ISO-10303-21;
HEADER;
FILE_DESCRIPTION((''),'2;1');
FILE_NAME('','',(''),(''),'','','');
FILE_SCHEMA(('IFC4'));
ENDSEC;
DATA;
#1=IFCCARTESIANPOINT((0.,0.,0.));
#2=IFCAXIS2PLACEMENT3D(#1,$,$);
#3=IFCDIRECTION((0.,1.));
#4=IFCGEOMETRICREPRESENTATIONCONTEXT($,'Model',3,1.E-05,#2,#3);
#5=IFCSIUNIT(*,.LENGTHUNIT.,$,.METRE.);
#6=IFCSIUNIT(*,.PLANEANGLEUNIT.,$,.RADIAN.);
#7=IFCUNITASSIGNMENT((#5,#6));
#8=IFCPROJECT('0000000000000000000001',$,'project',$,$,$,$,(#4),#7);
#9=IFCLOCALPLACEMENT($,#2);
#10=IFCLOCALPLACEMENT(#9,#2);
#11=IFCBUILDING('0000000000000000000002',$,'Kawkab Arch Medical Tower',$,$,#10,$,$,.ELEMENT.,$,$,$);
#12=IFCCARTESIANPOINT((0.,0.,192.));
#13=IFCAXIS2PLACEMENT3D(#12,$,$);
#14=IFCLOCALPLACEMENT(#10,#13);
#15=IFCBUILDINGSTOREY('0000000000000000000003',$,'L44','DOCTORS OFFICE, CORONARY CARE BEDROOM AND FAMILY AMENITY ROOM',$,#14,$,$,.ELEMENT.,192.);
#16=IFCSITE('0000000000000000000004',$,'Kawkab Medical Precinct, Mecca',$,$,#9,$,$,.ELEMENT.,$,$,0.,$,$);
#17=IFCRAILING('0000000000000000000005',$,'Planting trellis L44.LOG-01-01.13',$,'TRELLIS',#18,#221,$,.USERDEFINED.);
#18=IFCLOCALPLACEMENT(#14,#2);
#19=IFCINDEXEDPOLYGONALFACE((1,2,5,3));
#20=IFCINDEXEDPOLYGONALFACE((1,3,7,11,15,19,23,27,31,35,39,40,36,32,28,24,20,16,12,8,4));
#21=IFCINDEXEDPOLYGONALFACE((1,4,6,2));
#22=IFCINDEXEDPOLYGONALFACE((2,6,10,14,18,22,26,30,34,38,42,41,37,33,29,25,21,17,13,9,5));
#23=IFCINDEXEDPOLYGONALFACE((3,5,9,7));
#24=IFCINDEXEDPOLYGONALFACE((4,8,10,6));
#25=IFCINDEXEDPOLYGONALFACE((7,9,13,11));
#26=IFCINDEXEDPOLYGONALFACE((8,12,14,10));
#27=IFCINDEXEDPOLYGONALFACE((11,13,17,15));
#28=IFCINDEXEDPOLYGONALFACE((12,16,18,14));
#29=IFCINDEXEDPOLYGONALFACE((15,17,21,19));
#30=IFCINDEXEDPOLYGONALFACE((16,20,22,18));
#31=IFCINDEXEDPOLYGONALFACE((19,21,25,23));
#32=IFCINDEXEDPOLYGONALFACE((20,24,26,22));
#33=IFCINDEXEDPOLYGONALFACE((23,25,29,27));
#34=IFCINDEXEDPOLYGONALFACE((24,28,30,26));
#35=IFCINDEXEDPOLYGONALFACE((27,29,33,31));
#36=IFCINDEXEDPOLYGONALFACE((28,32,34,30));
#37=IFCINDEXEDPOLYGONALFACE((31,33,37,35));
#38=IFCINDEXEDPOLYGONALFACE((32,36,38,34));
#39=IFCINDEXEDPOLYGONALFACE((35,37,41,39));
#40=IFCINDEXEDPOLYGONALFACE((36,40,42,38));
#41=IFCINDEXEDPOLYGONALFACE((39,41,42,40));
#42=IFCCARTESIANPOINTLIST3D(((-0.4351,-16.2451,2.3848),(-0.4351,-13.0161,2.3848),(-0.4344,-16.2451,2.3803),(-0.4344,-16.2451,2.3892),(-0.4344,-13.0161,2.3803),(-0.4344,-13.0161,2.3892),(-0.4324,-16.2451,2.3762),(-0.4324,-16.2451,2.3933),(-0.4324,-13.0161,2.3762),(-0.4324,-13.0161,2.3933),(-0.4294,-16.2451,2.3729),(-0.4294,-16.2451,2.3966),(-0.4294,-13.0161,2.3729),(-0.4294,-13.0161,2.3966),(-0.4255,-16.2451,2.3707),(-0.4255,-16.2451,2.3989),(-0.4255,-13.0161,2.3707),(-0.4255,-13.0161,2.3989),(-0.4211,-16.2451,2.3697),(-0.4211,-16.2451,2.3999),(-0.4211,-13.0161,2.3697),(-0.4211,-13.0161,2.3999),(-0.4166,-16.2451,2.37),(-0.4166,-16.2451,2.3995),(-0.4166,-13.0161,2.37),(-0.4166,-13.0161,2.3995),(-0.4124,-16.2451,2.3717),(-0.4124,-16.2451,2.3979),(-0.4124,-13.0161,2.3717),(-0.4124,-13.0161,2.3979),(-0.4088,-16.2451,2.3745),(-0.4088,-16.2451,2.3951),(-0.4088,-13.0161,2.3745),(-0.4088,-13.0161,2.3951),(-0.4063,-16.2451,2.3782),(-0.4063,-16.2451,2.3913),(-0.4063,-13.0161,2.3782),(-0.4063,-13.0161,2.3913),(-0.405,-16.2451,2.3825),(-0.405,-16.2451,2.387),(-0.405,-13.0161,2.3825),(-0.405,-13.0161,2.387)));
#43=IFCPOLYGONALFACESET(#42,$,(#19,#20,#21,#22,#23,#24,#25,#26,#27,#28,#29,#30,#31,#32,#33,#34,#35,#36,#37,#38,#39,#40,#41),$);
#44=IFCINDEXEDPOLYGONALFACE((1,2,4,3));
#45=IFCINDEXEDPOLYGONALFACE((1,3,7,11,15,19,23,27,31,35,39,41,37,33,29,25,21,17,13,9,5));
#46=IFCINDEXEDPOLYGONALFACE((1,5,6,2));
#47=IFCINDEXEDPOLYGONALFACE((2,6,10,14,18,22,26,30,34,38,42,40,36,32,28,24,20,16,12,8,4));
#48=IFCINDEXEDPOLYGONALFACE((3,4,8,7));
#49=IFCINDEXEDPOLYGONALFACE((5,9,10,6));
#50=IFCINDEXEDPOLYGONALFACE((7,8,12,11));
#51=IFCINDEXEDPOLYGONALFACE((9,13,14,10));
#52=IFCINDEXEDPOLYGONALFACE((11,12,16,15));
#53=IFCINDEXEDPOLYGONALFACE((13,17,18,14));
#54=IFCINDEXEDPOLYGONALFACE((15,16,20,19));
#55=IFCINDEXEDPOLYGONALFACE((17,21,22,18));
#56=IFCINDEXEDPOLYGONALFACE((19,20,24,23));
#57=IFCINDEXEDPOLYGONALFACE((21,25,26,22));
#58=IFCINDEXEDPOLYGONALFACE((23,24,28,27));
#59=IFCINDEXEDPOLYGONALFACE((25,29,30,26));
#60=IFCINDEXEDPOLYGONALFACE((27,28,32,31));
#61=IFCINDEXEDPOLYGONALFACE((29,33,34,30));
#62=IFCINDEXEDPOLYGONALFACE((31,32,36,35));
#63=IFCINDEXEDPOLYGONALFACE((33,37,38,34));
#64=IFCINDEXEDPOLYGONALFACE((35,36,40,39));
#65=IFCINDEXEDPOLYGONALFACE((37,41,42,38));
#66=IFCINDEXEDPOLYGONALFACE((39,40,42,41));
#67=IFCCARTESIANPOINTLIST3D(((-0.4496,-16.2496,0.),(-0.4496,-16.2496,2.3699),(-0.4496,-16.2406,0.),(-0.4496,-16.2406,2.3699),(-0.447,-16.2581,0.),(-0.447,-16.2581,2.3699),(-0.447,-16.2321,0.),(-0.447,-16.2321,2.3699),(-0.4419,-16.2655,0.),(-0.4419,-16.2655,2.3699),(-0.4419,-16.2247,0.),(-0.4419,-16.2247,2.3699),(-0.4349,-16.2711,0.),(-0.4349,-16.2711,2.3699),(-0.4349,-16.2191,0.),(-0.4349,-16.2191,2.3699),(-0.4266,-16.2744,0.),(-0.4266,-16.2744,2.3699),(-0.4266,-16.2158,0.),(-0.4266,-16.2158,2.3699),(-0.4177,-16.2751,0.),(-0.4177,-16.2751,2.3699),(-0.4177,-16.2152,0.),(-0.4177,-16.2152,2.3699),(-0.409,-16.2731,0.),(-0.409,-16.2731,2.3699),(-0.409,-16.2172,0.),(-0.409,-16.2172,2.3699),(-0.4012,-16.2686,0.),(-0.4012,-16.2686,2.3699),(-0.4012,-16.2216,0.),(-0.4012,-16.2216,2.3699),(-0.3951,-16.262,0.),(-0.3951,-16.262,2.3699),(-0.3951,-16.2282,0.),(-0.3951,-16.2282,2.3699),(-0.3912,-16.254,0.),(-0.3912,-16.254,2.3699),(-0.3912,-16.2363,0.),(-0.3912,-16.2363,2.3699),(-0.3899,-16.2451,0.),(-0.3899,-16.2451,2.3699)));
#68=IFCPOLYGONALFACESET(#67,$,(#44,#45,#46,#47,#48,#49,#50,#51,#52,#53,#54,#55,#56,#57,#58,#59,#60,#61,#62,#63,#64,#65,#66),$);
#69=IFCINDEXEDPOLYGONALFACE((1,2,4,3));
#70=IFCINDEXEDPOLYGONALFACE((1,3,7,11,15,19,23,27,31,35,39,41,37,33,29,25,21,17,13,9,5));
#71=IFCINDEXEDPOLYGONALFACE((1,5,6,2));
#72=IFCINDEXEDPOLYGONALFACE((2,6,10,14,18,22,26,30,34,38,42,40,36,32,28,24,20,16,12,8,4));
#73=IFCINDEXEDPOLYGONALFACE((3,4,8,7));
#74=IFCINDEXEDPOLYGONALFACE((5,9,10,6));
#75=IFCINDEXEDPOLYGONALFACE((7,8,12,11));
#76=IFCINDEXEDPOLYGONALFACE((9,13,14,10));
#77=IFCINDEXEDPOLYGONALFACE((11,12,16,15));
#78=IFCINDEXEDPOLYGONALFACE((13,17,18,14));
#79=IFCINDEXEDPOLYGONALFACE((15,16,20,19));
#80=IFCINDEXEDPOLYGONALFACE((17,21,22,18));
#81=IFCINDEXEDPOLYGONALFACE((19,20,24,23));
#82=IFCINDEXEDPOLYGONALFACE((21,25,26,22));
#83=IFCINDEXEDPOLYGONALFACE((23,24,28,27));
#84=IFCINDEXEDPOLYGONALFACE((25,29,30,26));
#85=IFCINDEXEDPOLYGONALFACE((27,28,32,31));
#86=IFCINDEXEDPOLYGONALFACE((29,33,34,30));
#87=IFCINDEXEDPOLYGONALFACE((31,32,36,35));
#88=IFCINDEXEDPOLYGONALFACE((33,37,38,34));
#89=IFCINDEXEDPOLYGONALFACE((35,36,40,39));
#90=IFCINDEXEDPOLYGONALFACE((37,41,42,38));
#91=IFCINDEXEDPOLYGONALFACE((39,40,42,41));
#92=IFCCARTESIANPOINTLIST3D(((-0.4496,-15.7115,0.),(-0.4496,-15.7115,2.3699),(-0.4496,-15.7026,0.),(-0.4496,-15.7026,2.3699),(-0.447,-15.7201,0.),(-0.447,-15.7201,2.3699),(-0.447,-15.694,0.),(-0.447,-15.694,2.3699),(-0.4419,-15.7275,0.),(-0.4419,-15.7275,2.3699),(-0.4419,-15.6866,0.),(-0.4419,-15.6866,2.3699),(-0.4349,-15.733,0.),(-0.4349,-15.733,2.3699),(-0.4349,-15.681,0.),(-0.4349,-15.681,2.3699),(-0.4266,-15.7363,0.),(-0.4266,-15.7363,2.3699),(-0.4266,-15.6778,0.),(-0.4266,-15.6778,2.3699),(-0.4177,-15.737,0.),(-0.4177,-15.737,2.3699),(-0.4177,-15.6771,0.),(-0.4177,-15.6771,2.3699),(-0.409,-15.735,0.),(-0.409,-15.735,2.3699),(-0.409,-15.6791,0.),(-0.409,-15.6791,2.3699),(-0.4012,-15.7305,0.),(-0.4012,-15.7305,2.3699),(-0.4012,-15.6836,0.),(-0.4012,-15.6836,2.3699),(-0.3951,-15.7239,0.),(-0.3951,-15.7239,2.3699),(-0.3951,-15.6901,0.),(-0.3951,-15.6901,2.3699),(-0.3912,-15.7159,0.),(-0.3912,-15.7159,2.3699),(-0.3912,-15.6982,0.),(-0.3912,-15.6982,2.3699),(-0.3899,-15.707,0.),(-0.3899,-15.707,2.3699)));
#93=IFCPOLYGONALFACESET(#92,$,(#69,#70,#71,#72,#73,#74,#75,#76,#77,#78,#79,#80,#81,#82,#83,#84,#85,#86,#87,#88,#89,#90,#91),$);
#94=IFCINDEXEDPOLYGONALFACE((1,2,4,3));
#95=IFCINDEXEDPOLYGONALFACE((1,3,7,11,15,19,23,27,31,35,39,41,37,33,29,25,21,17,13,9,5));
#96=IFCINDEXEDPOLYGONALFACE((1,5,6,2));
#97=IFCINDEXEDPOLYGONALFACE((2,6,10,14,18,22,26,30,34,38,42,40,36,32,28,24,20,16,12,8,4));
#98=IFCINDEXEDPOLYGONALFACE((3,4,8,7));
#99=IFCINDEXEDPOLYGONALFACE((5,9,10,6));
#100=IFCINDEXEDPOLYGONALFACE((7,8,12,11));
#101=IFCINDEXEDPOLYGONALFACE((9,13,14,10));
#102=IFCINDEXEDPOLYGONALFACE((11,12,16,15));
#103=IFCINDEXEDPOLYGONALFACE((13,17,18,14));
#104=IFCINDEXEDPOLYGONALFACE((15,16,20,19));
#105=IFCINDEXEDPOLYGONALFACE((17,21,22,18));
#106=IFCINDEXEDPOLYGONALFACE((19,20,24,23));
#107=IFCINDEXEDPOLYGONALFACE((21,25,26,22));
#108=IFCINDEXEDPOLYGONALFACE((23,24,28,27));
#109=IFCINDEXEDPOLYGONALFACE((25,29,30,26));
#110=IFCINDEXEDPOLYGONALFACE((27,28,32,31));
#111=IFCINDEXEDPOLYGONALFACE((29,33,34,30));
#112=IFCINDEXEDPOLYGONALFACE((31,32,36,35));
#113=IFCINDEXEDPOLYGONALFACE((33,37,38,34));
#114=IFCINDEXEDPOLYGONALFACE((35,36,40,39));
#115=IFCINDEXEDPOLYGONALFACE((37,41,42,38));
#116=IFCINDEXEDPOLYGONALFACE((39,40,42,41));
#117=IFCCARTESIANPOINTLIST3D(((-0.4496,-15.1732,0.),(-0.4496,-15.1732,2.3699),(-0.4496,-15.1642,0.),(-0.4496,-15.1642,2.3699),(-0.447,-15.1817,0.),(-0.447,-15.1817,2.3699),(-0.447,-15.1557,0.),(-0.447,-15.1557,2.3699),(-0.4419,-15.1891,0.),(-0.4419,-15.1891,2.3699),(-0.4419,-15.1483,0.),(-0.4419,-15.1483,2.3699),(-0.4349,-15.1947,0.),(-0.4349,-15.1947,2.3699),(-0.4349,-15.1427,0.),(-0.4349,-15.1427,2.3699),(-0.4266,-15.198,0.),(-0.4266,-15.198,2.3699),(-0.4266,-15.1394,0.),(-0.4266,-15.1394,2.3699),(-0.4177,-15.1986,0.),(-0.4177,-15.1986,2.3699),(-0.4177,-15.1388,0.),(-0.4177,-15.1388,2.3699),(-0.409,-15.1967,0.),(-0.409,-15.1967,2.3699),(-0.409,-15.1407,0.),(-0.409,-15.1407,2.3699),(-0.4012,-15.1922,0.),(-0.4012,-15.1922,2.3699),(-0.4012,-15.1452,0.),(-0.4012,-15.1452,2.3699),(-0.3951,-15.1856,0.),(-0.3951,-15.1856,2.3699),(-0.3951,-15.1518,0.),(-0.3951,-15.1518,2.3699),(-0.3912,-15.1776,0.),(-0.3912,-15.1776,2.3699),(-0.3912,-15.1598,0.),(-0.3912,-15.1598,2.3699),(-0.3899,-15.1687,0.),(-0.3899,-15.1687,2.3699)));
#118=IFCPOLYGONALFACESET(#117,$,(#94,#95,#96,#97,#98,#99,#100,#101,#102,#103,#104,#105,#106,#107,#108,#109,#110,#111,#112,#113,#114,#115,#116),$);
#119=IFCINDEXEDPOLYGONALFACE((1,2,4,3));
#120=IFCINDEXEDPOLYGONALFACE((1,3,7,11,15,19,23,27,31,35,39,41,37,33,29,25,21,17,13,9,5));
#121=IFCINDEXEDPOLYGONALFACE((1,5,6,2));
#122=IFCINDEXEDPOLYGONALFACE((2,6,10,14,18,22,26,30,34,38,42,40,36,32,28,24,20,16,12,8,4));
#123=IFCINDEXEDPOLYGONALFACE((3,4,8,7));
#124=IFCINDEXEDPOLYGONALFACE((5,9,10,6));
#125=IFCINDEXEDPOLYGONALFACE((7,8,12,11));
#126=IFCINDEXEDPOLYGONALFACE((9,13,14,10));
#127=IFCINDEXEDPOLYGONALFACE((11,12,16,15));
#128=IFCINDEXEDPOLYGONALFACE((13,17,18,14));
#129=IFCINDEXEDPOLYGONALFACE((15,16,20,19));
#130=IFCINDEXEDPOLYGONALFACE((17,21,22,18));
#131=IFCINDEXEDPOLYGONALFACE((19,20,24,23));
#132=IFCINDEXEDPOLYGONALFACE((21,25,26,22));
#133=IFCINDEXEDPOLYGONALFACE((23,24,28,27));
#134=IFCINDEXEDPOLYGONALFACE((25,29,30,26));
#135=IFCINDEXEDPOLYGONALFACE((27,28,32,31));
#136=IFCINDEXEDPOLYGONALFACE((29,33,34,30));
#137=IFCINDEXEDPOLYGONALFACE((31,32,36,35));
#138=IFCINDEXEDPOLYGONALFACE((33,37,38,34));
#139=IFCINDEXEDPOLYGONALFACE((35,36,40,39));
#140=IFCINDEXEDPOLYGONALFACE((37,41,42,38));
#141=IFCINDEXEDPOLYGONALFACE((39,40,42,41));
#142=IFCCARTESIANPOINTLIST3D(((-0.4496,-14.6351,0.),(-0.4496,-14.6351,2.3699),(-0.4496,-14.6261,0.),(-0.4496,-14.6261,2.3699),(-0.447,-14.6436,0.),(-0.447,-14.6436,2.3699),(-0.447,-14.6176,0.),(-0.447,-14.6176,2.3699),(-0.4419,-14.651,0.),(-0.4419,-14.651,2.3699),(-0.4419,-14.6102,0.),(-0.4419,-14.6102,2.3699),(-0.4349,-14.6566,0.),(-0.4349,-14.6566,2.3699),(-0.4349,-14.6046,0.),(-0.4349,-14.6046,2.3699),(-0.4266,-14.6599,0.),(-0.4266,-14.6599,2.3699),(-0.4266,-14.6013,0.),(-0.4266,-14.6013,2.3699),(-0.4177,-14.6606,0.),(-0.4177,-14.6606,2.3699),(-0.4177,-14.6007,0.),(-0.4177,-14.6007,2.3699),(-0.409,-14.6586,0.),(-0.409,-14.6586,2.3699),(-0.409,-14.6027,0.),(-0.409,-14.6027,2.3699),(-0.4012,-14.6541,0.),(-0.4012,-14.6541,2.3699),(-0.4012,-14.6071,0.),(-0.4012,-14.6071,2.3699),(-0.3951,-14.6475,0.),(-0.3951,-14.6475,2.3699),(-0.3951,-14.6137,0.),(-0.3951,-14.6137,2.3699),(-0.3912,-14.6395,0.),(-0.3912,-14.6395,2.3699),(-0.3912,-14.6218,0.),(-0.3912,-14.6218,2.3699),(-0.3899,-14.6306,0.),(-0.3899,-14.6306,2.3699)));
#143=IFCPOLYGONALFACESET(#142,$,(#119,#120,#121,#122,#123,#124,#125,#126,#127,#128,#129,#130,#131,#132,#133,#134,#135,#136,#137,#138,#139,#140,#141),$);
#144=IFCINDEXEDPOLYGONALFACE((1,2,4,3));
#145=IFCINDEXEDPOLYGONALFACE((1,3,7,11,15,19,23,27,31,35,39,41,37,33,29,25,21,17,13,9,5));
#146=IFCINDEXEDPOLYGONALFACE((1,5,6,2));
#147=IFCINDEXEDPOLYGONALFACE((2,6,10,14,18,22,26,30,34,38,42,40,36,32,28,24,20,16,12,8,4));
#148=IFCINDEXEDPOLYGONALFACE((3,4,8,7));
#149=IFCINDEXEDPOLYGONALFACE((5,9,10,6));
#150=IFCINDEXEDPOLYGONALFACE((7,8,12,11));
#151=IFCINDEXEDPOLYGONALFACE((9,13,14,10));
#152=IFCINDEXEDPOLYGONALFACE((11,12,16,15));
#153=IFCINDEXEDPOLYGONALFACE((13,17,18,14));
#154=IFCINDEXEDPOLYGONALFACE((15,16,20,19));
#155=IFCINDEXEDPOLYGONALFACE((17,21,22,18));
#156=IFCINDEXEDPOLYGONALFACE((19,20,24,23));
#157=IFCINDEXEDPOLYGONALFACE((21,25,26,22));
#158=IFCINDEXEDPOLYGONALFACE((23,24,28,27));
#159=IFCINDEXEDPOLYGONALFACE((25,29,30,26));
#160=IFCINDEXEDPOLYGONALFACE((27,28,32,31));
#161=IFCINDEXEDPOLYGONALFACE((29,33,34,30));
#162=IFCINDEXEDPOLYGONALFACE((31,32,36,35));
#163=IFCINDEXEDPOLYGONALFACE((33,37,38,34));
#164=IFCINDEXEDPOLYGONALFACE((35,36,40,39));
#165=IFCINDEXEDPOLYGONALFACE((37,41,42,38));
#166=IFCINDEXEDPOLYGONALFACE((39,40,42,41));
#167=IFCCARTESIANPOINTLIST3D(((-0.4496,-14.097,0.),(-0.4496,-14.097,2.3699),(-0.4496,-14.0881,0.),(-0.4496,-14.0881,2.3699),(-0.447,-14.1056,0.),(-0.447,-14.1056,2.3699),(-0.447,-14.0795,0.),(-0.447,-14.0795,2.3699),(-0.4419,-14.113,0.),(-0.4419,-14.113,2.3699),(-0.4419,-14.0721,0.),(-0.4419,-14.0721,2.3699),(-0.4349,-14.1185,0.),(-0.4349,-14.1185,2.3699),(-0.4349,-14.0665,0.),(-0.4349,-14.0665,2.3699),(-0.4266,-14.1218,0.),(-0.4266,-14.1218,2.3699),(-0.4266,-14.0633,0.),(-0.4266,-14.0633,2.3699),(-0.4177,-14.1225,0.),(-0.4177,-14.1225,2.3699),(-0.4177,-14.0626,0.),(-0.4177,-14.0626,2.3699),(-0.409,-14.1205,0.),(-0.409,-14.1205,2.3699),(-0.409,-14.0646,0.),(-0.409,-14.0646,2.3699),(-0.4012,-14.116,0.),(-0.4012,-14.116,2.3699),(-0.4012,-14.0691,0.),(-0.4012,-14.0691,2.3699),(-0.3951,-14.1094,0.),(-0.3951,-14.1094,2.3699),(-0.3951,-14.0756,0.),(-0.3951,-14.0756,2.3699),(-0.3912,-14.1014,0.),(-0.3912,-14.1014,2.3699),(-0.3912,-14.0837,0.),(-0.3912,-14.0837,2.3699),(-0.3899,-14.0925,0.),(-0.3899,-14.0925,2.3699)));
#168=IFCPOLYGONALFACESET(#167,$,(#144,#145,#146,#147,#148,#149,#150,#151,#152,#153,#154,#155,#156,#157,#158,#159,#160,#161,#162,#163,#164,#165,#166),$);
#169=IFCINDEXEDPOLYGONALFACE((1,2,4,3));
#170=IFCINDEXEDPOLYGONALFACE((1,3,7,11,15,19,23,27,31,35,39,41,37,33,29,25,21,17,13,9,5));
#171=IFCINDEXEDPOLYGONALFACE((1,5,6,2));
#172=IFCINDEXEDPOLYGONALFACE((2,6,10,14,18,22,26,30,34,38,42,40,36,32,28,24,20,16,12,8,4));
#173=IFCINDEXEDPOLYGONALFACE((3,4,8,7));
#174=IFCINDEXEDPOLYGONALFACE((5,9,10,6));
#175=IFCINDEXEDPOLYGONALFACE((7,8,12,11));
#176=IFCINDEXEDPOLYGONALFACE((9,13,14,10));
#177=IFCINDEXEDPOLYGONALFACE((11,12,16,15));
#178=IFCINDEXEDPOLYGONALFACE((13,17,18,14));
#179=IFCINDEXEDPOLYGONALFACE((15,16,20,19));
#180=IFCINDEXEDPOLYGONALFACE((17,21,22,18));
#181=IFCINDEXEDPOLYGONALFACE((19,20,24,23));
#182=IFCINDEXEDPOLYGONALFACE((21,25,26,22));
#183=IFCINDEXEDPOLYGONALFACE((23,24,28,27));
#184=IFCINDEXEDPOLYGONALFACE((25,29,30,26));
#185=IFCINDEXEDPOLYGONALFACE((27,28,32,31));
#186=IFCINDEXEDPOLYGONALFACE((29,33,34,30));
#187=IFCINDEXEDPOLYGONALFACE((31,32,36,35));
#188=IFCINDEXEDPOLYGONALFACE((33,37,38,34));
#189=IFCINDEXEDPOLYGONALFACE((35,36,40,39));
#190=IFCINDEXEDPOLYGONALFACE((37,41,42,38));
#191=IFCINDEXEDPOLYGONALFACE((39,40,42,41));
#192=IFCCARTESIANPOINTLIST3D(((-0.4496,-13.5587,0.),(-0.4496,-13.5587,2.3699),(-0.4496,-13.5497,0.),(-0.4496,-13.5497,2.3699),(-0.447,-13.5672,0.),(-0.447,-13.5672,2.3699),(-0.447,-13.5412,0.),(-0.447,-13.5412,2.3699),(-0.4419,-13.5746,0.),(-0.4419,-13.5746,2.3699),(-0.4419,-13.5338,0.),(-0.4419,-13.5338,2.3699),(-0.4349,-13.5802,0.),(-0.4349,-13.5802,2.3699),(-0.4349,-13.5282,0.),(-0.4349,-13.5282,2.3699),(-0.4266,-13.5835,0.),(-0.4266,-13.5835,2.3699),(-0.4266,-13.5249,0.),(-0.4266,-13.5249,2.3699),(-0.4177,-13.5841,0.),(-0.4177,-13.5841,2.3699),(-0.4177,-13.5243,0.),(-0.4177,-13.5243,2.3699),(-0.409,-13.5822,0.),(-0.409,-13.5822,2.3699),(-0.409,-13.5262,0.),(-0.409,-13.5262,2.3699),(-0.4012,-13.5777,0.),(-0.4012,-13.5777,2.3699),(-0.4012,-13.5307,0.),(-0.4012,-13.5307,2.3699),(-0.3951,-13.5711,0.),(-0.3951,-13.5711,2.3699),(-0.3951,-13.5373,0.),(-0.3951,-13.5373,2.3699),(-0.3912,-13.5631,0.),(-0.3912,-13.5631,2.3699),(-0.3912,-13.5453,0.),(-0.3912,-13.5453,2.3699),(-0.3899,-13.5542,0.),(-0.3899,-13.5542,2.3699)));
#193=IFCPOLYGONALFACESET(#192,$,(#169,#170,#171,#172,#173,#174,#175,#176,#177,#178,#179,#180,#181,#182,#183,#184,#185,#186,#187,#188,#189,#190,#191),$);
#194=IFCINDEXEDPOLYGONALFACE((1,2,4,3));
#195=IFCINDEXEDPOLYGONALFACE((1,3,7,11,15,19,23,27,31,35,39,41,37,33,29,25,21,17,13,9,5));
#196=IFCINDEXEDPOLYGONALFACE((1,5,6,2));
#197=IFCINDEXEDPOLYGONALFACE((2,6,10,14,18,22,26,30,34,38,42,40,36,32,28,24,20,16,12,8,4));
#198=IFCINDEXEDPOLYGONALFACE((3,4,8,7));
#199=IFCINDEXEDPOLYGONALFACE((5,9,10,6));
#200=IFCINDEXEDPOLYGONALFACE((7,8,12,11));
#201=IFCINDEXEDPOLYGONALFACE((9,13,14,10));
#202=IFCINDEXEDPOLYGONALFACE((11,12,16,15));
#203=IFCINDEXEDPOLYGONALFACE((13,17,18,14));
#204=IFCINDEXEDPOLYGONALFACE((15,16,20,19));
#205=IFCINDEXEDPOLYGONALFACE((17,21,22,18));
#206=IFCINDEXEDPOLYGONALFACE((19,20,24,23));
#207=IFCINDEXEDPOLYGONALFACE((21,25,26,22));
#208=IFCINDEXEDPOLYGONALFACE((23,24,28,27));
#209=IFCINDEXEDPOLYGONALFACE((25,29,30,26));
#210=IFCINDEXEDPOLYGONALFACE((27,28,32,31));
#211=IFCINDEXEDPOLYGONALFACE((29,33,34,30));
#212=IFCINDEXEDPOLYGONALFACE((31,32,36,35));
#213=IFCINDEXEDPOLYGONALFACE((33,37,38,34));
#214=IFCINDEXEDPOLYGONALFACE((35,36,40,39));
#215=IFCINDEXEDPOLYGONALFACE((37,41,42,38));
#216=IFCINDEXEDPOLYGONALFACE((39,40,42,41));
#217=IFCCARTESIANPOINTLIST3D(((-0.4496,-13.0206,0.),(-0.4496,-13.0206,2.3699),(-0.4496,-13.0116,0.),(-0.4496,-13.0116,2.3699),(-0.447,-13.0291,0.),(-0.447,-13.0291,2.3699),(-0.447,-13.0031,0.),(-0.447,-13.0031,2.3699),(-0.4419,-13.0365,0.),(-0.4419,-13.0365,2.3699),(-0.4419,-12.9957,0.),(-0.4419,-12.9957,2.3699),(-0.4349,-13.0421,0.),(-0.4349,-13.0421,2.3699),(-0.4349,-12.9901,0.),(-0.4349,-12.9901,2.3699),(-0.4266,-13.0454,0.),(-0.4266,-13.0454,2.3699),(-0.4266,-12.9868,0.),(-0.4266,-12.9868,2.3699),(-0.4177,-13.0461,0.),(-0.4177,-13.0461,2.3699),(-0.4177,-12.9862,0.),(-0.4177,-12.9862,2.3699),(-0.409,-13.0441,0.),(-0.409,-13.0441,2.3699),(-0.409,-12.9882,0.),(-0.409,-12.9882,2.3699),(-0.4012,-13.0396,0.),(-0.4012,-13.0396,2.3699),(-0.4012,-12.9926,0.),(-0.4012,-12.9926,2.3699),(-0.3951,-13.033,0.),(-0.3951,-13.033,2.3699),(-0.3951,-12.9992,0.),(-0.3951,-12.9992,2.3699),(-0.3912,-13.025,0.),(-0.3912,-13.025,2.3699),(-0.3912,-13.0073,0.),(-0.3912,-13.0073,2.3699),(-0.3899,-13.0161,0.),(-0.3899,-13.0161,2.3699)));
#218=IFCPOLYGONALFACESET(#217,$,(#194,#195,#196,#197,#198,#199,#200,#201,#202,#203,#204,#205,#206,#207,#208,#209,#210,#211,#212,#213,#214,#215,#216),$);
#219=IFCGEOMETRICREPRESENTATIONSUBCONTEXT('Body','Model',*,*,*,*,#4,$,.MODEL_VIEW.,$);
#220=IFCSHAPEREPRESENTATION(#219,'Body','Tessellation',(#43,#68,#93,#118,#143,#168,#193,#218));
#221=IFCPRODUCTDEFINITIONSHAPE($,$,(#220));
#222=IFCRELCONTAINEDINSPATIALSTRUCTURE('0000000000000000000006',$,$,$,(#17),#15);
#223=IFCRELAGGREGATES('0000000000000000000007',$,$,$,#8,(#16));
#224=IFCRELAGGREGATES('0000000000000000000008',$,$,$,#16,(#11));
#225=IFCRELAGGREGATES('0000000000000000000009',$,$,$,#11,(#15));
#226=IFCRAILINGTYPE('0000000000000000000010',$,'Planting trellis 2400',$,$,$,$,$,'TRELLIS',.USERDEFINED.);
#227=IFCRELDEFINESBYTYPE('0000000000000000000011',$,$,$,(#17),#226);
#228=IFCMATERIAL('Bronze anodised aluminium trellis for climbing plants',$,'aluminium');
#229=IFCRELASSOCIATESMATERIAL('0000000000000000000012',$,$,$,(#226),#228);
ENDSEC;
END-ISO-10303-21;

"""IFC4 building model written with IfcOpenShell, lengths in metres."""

from ifc_helpers import new_model, si_unit, direction, frame, origin, origin_2d, place, context, subcontext, project, spatial, circle, extrude, material, type_object, element, save


model = new_model("IFC4")

# Units and contexts
model_context = context("Model", 3, precision=1e-05, world=origin(), true_north=direction((0.0, 1.0)))
body_context = subcontext(model_context, "Body", "Model", "MODEL_VIEW")
ifc_project = project(units=[si_unit("LENGTHUNIT", "METRE"), si_unit("PLANEANGLEUNIT", "RADIAN")], contexts=[model_context])

# Site, building, storey
site_placement = place(None, origin())
site = spatial("IfcSite", under=ifc_project, at=site_placement, Name="Kawkab Medical Precinct, Mecca", CompositionType="ELEMENT", RefElevation=0.0)
building_placement = place(site_placement, origin())
building = spatial("IfcBuilding", under=site, at=building_placement, Name="Kawkab Arch Medical Tower", CompositionType="ELEMENT")
storey_placement = place(building_placement, frame((0.0, 0.0, 192.0)))
storey = spatial("IfcBuildingStorey", under=building, at=storey_placement, Name="L44", Description="DOCTORS OFFICE, CORONARY CARE BEDROOM AND FAMILY AMENITY ROOM", CompositionType="ELEMENT", Elevation=192.0)

# Railing
ifc_material_1 = material(Name="Bronze anodised aluminium trellis for climbing plants", Category="aluminium")
railing_type_1 = type_object("IfcRailingType", Name="Planting trellis 2400", ElementType="TRELLIS", PredefinedType="USERDEFINED", material=ifc_material_1)
railing_1_placement = place(storey_placement, frame((-0.4199, -16.2451, 0.0)))
element("IfcRailing", 1, at=railing_1_placement, inside=storey, type_object=railing_type_1, Name="Planting trellis L44.LOG-01-01.13", ObjectType="TRELLIS", PredefinedType="USERDEFINED", context=body_context, shape_type="SweptSolid", body=[
    extrude(circle(Radius=0.0151, at=origin_2d()), frame((0.0, 0.0, 2.3848), z_axis=(0.0, 1.0, 0.0), x_axis=(-1.0, 0.0, 0.0)), (0.0, 0.0, 1.0), 3.229),
    extrude(circle(Radius=0.03, at=origin_2d()), origin(), (0.0, 0.0, 1.0), 2.3699),
    extrude(circle(Radius=0.03, at=origin_2d()), frame((0.0, 0.5381, 0.0)), (0.0, 0.0, 1.0), 2.3699),
    extrude(circle(Radius=0.03, at=origin_2d()), frame((0.0, 1.0764, 0.0)), (0.0, 0.0, 1.0), 2.3699),
    extrude(circle(Radius=0.03, at=origin_2d()), frame((0.0, 1.6145, 0.0)), (0.0, 0.0, 1.0), 2.3699),
    extrude(circle(Radius=0.03, at=origin_2d()), frame((0.0, 2.1526, 0.0)), (0.0, 0.0, 1.0), 2.3699),
    extrude(circle(Radius=0.03, at=origin_2d()), frame((0.0, 2.6909, 0.0)), (0.0, 0.0, 1.0), 2.3699),
    extrude(circle(Radius=0.03, at=origin_2d()), frame((0.0, 3.229, 0.0)), (0.0, 0.0, 1.0), 2.3699),
])

save(model, "model.ifc")
